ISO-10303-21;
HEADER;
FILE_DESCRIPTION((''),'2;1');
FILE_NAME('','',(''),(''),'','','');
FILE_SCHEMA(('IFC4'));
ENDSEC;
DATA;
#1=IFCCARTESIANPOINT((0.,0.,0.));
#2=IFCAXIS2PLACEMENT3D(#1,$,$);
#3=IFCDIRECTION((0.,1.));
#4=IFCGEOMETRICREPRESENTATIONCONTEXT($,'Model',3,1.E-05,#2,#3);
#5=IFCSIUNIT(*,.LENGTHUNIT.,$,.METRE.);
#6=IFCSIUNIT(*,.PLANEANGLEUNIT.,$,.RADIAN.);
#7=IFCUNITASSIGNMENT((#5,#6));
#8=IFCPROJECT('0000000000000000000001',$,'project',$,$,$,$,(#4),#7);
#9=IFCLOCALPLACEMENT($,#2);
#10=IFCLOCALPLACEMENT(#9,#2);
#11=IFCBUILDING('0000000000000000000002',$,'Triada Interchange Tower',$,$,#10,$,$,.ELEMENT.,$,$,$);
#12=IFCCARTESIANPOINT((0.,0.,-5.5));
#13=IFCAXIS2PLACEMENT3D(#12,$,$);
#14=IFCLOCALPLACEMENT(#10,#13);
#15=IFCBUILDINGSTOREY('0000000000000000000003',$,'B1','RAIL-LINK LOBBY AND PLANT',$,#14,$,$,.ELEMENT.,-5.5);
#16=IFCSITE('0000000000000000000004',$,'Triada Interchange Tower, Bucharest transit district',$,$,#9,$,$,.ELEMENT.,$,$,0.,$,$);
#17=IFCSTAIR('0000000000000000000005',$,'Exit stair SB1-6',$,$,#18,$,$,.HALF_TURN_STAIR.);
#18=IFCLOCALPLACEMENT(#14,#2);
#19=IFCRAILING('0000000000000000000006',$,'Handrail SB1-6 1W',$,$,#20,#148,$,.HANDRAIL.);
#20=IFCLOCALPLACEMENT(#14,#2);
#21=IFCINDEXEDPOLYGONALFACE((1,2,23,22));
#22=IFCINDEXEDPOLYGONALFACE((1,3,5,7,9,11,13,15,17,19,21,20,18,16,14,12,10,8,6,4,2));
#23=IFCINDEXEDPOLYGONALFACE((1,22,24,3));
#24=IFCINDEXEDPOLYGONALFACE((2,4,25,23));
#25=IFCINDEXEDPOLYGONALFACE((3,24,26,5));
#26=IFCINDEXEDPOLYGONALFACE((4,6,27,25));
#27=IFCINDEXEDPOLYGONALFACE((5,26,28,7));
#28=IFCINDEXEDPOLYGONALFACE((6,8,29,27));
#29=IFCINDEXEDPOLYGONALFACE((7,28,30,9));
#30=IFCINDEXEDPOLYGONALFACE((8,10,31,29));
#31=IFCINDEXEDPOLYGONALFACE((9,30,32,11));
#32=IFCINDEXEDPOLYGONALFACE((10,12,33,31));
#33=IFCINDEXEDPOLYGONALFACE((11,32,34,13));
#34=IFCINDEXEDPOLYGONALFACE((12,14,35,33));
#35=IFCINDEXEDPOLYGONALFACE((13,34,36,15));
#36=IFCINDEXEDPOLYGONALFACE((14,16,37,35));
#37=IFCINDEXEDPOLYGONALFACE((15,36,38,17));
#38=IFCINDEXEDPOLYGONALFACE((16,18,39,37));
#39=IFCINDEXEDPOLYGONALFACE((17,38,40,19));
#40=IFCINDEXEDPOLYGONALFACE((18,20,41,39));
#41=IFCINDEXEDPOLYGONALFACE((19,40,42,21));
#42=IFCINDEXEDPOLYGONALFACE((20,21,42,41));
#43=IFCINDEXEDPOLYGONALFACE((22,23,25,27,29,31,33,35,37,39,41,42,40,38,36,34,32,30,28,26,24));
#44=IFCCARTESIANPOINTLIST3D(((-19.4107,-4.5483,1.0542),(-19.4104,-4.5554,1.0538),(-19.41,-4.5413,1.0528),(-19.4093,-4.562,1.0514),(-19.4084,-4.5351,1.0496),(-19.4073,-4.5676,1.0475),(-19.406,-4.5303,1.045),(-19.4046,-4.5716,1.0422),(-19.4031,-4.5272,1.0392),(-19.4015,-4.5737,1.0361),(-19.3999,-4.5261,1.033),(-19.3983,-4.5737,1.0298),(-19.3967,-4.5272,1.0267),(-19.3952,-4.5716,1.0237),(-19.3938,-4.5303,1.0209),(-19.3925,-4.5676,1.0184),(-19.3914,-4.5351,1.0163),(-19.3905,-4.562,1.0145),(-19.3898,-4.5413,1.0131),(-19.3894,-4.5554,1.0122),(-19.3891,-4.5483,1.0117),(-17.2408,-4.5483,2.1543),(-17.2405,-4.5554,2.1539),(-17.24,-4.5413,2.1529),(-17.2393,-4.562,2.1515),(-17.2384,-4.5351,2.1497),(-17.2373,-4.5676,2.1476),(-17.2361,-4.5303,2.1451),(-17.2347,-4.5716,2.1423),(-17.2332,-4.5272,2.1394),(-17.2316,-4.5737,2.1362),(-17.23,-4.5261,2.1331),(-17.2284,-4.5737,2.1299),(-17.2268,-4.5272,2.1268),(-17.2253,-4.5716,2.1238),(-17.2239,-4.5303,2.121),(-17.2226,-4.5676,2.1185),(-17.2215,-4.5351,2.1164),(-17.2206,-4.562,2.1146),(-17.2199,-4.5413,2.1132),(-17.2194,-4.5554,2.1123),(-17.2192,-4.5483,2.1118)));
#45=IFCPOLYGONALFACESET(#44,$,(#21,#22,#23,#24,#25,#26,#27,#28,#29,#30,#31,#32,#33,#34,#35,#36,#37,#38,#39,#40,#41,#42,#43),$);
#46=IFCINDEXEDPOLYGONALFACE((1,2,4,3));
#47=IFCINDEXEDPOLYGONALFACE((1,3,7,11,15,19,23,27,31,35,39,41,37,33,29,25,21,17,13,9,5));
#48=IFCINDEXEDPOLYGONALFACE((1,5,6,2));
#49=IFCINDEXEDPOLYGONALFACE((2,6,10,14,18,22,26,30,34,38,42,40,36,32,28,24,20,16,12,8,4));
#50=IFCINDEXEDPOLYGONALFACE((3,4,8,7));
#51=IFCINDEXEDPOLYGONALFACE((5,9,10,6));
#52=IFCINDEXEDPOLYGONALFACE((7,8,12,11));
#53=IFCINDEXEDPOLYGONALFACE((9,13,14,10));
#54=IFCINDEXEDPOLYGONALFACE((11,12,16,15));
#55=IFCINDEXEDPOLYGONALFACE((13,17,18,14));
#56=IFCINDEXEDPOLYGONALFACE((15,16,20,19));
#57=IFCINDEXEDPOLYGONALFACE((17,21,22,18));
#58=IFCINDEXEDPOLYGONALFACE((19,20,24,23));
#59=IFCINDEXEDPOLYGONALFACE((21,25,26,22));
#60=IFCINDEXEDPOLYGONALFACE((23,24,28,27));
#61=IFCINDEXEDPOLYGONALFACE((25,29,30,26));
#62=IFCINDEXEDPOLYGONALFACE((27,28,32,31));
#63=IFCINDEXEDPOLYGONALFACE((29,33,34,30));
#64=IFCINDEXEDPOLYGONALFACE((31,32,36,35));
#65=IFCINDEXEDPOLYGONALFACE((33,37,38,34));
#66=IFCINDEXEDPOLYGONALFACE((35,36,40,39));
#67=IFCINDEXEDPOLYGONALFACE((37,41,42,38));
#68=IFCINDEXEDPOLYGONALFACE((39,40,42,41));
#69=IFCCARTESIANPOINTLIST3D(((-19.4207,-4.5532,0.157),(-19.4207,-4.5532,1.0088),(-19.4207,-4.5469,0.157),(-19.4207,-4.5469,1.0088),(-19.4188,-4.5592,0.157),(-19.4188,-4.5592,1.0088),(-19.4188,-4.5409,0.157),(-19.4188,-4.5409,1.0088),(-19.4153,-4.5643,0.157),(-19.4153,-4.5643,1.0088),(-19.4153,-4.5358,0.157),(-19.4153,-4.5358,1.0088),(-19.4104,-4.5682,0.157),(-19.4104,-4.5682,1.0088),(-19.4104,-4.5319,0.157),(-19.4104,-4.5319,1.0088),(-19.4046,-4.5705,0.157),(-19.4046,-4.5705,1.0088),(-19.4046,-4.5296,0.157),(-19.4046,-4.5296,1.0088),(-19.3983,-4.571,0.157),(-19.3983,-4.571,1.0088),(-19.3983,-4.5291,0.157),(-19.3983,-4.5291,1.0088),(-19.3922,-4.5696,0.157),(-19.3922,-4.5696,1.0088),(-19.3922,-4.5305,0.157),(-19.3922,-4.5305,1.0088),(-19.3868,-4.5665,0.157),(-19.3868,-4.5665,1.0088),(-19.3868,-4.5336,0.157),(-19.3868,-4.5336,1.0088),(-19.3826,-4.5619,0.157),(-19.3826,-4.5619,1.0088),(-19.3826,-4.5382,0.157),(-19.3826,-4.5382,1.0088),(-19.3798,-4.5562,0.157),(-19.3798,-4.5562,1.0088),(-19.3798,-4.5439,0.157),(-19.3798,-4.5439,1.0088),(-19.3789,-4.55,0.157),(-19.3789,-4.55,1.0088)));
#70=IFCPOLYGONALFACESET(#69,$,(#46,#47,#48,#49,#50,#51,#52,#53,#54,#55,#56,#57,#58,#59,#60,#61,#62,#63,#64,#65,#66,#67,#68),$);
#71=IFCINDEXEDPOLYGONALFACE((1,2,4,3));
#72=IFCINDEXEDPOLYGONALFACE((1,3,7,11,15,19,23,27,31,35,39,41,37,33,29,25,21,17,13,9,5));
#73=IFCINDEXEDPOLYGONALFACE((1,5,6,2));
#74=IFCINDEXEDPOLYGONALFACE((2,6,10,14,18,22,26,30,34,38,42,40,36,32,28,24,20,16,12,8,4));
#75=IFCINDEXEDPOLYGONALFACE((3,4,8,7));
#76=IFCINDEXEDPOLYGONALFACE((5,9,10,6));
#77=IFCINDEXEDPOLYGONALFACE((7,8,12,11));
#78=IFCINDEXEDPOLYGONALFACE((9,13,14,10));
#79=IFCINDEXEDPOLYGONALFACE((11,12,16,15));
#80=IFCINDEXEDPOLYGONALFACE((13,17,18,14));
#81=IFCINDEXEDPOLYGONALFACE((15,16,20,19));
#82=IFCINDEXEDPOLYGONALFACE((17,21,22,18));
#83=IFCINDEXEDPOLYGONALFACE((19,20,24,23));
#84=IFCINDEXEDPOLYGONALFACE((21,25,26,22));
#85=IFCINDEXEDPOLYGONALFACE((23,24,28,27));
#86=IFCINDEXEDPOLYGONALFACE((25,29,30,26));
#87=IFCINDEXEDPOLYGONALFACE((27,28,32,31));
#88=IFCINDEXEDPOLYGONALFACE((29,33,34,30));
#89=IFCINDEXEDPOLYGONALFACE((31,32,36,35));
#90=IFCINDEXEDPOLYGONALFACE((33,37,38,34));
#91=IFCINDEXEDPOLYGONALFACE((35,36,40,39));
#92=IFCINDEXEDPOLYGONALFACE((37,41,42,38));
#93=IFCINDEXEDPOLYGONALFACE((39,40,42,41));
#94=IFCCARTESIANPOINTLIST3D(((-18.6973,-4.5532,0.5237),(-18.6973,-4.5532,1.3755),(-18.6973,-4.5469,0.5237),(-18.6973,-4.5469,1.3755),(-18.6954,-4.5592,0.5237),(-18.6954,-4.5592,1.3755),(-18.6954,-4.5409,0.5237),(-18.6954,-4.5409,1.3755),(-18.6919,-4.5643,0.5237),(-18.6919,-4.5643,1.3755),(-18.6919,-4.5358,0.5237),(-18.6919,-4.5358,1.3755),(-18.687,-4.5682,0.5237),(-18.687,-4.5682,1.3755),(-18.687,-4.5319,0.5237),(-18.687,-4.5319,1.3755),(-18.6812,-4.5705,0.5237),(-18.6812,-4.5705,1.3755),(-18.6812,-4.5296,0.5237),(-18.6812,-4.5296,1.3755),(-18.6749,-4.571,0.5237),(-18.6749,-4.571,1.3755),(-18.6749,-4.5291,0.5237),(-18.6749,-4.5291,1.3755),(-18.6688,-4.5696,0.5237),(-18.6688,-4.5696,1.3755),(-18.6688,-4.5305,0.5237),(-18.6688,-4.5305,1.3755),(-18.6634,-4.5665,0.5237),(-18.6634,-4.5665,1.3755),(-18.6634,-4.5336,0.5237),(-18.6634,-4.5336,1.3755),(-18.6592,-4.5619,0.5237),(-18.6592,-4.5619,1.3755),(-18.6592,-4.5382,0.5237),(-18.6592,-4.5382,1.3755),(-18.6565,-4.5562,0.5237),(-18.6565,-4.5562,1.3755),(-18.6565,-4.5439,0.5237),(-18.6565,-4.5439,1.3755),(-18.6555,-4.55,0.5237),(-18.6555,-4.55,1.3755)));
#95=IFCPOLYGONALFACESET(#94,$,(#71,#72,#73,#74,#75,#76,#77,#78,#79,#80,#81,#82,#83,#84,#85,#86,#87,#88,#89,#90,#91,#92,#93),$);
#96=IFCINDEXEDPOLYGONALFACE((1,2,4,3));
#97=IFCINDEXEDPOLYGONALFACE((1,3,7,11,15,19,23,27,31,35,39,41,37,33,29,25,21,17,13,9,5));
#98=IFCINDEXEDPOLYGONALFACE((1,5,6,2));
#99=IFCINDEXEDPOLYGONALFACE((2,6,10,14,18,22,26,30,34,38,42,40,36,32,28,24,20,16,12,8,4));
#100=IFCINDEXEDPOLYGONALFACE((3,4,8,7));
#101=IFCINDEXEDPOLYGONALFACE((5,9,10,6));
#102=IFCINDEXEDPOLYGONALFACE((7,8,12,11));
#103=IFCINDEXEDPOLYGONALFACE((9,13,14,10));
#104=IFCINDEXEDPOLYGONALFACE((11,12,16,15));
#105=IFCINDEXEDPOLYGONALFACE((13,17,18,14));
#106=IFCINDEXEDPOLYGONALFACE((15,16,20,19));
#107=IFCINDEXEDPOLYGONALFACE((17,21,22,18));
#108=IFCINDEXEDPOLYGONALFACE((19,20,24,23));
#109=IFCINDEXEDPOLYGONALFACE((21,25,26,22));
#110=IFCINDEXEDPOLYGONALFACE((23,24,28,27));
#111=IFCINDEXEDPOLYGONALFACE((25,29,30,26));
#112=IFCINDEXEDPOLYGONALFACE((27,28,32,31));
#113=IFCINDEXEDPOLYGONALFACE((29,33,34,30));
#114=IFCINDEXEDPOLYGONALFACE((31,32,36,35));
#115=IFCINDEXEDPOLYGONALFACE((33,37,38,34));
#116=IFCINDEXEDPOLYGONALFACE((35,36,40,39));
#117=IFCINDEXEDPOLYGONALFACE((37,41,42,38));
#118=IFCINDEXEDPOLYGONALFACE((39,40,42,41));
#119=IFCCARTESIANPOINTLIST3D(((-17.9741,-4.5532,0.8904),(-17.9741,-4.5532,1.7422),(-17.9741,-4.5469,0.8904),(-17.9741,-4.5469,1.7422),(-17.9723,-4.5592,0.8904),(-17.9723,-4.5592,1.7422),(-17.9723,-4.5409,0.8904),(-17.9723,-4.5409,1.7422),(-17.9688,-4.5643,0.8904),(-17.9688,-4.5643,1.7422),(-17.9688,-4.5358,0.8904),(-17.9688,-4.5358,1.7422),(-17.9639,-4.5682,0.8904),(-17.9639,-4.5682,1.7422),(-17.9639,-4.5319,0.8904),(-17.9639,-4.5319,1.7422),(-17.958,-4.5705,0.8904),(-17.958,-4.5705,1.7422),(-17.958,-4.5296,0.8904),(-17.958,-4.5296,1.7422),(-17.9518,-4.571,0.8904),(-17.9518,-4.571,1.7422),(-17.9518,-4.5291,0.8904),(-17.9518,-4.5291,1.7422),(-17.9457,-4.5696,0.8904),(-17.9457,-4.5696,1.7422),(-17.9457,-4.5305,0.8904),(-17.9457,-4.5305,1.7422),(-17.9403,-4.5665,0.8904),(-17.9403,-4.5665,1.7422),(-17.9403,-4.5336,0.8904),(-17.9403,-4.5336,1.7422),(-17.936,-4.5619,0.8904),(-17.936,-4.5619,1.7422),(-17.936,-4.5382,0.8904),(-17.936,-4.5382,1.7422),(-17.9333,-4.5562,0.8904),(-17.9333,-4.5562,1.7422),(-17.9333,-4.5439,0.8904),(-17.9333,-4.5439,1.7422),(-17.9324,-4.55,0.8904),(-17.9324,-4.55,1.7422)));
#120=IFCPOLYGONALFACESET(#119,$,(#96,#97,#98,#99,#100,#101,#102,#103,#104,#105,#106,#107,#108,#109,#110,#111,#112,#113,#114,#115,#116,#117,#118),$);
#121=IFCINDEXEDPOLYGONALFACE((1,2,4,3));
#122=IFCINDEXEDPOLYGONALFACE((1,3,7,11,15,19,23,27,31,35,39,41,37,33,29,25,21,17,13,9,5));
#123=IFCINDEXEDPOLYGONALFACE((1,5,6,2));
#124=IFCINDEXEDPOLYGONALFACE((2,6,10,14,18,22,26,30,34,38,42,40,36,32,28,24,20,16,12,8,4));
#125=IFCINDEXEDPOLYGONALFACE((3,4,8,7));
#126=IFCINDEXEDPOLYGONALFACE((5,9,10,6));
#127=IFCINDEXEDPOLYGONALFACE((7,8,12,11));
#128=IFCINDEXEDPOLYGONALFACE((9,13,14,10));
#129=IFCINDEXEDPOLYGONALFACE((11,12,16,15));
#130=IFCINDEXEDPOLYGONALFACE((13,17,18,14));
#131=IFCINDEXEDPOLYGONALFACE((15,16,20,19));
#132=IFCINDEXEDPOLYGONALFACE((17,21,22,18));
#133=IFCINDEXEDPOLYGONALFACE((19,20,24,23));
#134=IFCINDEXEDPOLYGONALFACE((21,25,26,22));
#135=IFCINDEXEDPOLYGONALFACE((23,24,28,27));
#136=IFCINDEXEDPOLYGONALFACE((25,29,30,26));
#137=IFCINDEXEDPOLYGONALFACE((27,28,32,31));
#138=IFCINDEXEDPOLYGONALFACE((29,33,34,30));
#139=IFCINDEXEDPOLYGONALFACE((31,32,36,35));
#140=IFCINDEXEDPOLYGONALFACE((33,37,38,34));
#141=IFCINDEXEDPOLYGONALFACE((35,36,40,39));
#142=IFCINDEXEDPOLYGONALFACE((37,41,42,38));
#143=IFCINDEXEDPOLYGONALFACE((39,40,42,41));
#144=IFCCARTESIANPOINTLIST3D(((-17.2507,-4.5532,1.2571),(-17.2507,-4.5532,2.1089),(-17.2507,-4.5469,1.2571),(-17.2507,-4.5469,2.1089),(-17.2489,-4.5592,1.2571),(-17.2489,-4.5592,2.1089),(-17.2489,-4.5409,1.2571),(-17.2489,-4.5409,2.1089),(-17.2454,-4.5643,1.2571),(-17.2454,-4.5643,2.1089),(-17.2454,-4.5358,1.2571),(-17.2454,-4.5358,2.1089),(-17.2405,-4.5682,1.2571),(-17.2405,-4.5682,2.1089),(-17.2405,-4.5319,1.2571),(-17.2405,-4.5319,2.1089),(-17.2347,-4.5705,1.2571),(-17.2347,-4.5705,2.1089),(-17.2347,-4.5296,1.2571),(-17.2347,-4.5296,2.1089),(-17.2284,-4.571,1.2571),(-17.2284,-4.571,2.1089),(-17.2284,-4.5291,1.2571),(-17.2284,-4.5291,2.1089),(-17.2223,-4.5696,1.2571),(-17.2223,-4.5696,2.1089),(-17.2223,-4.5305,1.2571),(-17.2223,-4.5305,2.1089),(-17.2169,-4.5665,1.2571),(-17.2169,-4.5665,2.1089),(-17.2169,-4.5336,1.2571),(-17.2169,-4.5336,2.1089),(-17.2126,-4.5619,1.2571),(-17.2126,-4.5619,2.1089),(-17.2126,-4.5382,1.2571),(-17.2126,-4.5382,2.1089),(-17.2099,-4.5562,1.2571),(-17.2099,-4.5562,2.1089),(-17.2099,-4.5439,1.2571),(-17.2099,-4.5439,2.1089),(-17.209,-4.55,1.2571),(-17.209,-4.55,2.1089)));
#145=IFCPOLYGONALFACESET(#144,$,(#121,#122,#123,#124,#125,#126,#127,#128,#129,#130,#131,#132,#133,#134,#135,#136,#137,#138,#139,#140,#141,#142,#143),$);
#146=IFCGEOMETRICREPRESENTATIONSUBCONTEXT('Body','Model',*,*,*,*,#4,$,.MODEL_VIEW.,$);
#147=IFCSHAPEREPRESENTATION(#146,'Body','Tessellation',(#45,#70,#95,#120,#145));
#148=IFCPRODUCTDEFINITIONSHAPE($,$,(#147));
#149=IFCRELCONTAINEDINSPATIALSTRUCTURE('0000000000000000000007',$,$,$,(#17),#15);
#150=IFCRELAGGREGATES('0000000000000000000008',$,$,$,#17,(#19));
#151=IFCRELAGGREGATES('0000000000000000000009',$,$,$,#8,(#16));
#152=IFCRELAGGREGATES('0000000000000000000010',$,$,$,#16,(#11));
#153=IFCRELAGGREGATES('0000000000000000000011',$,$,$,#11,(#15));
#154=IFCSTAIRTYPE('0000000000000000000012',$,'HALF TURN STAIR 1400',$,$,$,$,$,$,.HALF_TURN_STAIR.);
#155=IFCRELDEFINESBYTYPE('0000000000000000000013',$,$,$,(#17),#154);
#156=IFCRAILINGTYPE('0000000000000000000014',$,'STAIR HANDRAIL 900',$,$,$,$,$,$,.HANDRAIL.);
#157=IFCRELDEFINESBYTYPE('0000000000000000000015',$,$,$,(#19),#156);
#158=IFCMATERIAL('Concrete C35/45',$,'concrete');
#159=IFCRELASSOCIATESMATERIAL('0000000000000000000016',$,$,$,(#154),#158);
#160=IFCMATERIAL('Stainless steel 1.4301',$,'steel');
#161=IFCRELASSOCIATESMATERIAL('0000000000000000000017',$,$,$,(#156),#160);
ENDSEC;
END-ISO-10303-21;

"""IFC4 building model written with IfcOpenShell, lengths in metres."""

from ifc_helpers import new_model, si_unit, direction, frame, origin, origin_2d, place, context, subcontext, project, spatial, circle, extrude, material, type_object, element, aggregate, save


model = new_model("IFC4")

# Units and contexts
model_context = context("Model", 3, precision=1e-05, world=origin(), true_north=direction((0.0, 1.0)))
body_context = subcontext(model_context, "Body", "Model", "MODEL_VIEW")
ifc_project = project(units=[si_unit("LENGTHUNIT", "METRE"), si_unit("PLANEANGLEUNIT", "RADIAN")], contexts=[model_context])

# Site, building, storey
site_placement = place(None, origin())
site = spatial("IfcSite", under=ifc_project, at=site_placement, Name="Triada Interchange Tower, Bucharest transit district", CompositionType="ELEMENT", RefElevation=0.0)
building_placement = place(site_placement, origin())
building = spatial("IfcBuilding", under=site, at=building_placement, Name="Triada Interchange Tower", CompositionType="ELEMENT")
storey_placement = place(building_placement, frame((0.0, 0.0, -5.5)))
storey = spatial("IfcBuildingStorey", under=building, at=storey_placement, Name="B1", Description="RAIL-LINK LOBBY AND PLANT", CompositionType="ELEMENT", Elevation=-5.5)

# Stair, railing
ifc_material_1 = material(Name="Concrete C35/45", Category="concrete")
stair_type = type_object("IfcStairType", Name="HALF TURN STAIR 1400", PredefinedType="HALF_TURN_STAIR", material=ifc_material_1)
stair_placement = place(storey_placement, origin())
stair = element("IfcStair", 1, at=stair_placement, inside=storey, type_object=stair_type, Name="Exit stair SB1-6", PredefinedType="HALF_TURN_STAIR")
ifc_material_2 = material(Name="Stainless steel 1.4301", Category="steel")
railing_type = type_object("IfcRailingType", Name="STAIR HANDRAIL 900", PredefinedType="HANDRAIL", material=ifc_material_2)
railing_1_placement = place(storey_placement, frame((-19.3999, -4.55, 0.157)))
railing_1 = element("IfcRailing", 2, at=railing_1_placement, type_object=railing_type, Name="Handrail SB1-6 1W", PredefinedType="HANDRAIL", context=body_context, shape_type="SweptSolid", body=[
    extrude(circle(Radius=0.0239, at=origin_2d()), frame((0.0, 0.0, 0.876), z_axis=(0.891925, 0.0, 0.452184), x_axis=(0.0, 1.0, 0.0)), (0.0, 0.0, 1.0), 2.4329),
    extrude(circle(Radius=0.021, at=origin_2d()), origin(), (0.0, 0.0, 1.0), 0.8518),
    extrude(circle(Radius=0.021, at=origin_2d()), frame((0.7234, 0.0, 0.3667)), (0.0, 0.0, 1.0), 0.8518),
    extrude(circle(Radius=0.021, at=origin_2d()), frame((1.4465, 0.0, 0.7334)), (0.0, 0.0, 1.0), 0.8518),
    extrude(circle(Radius=0.021, at=origin_2d()), frame((2.1699, 0.0, 1.1001)), (0.0, 0.0, 1.0), 0.8518),
])
aggregate(stair, [railing_1])

save(model, "model.ifc")
